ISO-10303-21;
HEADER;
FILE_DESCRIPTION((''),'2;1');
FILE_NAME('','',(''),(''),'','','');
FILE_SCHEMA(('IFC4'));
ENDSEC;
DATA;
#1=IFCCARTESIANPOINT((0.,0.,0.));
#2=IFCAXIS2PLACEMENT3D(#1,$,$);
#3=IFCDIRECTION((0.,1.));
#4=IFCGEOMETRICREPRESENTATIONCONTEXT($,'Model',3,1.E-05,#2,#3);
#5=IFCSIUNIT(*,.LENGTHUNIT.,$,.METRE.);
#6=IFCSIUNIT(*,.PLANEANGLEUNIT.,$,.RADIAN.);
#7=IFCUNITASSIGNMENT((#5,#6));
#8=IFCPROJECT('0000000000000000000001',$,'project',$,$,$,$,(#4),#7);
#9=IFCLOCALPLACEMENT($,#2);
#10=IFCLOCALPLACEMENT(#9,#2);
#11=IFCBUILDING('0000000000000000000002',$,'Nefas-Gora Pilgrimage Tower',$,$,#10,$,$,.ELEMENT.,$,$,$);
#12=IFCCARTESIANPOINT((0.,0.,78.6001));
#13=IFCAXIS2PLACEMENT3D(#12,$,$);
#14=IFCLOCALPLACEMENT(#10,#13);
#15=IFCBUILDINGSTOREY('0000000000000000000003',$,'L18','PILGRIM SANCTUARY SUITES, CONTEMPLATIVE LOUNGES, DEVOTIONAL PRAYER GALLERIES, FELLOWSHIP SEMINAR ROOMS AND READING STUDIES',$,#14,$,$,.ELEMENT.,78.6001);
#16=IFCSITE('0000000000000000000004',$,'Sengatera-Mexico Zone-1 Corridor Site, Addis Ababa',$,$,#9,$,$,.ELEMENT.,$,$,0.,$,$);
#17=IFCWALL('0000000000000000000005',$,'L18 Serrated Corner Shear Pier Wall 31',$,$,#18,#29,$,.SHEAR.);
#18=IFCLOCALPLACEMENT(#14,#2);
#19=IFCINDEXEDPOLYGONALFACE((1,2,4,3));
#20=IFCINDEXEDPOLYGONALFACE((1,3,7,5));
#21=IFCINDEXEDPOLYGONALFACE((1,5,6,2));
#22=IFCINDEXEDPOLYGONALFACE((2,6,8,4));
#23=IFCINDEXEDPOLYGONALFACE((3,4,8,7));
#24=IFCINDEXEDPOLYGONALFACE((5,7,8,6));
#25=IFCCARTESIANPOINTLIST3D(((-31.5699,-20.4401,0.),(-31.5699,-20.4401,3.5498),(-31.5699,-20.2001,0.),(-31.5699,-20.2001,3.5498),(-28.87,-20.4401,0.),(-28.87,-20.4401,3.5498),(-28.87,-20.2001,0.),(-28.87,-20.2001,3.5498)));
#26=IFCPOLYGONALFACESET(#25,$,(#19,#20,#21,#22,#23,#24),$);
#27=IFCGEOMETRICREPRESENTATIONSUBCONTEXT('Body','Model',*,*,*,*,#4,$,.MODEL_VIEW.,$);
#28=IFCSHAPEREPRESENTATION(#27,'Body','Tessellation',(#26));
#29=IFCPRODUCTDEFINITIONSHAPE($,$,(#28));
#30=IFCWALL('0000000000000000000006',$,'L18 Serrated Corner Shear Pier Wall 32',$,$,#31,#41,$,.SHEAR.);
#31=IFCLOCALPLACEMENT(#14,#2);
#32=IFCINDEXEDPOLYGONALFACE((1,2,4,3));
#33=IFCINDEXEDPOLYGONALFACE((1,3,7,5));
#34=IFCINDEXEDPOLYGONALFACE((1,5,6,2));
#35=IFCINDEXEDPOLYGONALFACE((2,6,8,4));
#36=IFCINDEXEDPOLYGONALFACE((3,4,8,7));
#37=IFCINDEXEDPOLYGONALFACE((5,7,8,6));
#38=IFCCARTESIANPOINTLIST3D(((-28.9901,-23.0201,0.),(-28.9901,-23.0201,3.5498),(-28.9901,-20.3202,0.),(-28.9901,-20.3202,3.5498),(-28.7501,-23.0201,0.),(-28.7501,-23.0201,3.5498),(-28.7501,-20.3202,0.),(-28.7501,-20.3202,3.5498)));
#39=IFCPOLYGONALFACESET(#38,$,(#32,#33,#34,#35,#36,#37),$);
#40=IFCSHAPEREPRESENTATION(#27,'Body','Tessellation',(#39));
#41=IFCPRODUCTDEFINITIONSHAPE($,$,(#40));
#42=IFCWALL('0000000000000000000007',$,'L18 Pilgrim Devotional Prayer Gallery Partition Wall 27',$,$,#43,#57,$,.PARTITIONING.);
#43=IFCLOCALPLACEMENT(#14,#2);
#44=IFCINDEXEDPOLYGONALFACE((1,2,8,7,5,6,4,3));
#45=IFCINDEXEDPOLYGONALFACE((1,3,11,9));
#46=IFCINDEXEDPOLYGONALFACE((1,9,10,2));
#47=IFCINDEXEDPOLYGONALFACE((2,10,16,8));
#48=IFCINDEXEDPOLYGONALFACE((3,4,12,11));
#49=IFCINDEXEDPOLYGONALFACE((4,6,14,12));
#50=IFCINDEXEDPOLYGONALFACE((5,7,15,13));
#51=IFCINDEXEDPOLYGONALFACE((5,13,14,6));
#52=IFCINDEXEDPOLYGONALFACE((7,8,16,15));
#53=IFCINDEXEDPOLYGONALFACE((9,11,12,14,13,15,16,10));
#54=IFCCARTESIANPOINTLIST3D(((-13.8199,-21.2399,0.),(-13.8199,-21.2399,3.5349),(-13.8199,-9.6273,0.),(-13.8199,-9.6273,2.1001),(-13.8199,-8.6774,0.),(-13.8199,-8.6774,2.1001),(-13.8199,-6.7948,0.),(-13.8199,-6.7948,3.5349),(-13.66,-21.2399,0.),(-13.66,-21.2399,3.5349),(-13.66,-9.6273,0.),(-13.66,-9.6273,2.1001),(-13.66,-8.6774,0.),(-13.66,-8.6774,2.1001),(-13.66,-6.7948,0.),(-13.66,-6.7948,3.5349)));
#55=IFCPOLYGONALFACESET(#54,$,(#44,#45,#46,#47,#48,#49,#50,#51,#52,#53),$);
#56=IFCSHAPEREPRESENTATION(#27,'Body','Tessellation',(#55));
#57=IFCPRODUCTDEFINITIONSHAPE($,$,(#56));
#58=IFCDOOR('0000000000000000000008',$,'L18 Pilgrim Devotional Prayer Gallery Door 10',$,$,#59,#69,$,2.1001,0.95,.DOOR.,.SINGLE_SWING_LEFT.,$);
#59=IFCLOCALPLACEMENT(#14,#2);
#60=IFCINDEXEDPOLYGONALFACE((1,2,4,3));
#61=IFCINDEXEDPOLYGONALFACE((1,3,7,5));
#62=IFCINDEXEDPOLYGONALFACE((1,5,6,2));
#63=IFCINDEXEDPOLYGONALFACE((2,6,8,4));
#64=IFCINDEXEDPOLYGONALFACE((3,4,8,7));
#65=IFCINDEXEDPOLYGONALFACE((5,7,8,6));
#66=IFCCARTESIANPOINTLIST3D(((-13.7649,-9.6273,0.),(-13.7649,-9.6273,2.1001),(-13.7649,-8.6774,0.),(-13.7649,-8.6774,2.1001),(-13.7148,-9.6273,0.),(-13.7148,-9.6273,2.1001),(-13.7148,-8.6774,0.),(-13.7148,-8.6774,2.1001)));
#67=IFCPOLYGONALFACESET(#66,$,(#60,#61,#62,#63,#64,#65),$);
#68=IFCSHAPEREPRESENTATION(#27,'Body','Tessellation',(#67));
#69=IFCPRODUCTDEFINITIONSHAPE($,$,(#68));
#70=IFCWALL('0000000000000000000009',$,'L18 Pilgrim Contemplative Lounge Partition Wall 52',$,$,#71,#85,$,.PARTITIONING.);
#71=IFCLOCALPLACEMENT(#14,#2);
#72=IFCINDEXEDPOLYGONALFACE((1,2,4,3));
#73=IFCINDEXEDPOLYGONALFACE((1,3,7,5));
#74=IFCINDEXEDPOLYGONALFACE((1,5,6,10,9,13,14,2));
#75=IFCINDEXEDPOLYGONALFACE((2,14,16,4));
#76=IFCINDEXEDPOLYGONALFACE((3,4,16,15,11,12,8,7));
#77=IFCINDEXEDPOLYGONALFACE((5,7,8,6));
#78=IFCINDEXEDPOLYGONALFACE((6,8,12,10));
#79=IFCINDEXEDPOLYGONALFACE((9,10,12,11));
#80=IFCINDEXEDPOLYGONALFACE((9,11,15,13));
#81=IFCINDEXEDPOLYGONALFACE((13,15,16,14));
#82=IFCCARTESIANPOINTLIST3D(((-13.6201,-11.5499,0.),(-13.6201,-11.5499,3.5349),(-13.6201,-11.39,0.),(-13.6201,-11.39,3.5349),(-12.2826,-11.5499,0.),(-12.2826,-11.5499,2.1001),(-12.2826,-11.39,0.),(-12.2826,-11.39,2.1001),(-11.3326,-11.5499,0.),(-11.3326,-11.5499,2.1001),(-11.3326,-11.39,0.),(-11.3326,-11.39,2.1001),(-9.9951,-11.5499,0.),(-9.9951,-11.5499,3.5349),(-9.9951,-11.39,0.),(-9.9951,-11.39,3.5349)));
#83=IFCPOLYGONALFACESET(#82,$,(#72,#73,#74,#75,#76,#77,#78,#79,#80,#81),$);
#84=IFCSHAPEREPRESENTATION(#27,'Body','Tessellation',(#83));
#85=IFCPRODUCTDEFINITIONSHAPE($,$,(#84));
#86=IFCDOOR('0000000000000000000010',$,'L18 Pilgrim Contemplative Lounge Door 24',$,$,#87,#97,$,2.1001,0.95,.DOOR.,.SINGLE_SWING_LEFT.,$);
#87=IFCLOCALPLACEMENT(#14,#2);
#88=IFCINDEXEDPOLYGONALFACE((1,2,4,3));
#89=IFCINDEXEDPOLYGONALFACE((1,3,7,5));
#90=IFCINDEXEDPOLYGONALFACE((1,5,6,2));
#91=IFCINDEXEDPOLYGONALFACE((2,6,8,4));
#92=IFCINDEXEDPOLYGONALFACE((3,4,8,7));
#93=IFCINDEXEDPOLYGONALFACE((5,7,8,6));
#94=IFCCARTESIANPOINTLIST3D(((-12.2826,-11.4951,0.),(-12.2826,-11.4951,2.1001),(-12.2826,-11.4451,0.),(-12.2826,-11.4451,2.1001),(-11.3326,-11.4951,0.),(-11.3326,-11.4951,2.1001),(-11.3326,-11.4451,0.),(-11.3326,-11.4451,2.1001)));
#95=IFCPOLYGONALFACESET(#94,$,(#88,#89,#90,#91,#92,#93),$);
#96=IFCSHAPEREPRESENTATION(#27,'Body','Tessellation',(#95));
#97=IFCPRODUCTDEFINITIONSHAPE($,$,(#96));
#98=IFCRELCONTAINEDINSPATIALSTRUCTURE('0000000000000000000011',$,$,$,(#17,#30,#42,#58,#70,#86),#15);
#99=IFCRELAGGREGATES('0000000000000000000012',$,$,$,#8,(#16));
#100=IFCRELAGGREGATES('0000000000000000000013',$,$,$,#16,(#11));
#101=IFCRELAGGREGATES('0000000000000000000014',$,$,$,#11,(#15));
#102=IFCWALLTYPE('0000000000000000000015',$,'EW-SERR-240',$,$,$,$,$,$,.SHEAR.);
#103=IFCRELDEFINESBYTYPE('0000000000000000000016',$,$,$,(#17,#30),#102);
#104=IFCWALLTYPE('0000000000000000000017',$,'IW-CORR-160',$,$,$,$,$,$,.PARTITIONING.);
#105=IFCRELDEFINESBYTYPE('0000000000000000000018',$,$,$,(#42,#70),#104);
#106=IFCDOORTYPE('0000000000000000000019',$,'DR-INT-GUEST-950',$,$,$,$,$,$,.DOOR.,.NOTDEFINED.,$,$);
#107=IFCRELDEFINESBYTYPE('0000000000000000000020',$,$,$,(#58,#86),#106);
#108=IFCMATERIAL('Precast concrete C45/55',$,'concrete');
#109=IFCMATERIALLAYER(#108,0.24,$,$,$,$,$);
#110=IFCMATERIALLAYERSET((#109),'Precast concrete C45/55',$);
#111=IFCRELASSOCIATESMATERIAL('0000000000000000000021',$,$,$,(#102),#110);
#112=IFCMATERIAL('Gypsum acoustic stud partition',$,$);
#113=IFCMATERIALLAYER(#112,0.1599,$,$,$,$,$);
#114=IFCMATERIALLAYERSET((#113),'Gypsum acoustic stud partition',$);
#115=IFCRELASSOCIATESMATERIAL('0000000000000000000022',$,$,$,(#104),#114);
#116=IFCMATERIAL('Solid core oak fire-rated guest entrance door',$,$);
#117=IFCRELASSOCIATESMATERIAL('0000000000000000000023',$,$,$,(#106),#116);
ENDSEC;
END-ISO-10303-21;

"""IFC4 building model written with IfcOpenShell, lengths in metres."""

from ifc_helpers import new_model, si_unit, direction, frame, frame_2d, origin, place, context, subcontext, project, spatial, rectangle, extrude, source, transform, mapped, material, layer, layer_set, type_object, element, fill, save


model = new_model("IFC4")

# Units and contexts
model_context = context("Model", 3, precision=1e-05, world=origin(), true_north=direction((0.0, 1.0)))
body_context = subcontext(model_context, "Body", "Model", "MODEL_VIEW")
ifc_project = project(units=[si_unit("LENGTHUNIT", "METRE"), si_unit("PLANEANGLEUNIT", "RADIAN")], contexts=[model_context])

# Site, building, storey
site_placement = place(None, origin())
site = spatial("IfcSite", under=ifc_project, at=site_placement, Name="Sengatera-Mexico Zone-1 Corridor Site, Addis Ababa", CompositionType="ELEMENT", RefElevation=0.0)
building_placement = place(site_placement, origin())
building = spatial("IfcBuilding", under=site, at=building_placement, Name="Nefas-Gora Pilgrimage Tower", CompositionType="ELEMENT")
storey_placement = place(building_placement, frame((0.0, 0.0, 78.6001)))
storey = spatial("IfcBuildingStorey", under=building, at=storey_placement, Name="L18", Description="PILGRIM SANCTUARY SUITES, CONTEMPLATIVE LOUNGES, DEVOTIONAL PRAYER GALLERIES, FELLOWSHIP SEMINAR ROOMS AND READING STUDIES", CompositionType="ELEMENT", Elevation=78.6001)

# Shared definitions
ifc_material_1 = material(Name="Precast concrete C45/55", Category="concrete")
ifc_layer_1 = layer(ifc_material_1, 0.24)
ifc_layer_set_1 = layer_set([ifc_layer_1], Name="Precast concrete C45/55")
wall_type_1 = type_object("IfcWallType", Name="EW-SERR-240", PredefinedType="SHEAR", material=ifc_layer_set_1)
shared_shape_1 = source(origin(), body_context, "Body", "SweptSolid", [
    extrude(rectangle(XDim=2.7, YDim=0.24, at=frame_2d((1.3501, 0.0))), origin(), (0.0, 0.0, 1.0), 3.5498),
])

# Walls
for number, where, z_axis, x_axis, name in (
    (1, (-31.5701, -20.3201, 0.0), (0.0, 0.0, 1.0), (1.0, 0.0, 0.0), "L18 Serrated Corner Shear Pier Wall 31"),
    (2, (-28.8701, -20.3201, 0.0), (0.0, 0.0, 1.0), (0.0, -1.0, 0.0), "L18 Serrated Corner Shear Pier Wall 32"),
):
    element("IfcWall", number, at=place(storey_placement, frame(where, z_axis=z_axis, x_axis=x_axis)), inside=storey, type_object=wall_type_1, Name=name, PredefinedType="SHEAR", context=body_context, shape_type="MappedRepresentation", body=[
        mapped(shared_shape_1, transform((0.0, 0.0, 0.0), x_axis=(1.0, 0.0, 0.0), y_axis=(0.0, 1.0, 0.0), z_axis=(0.0, 0.0, 1.0), scale=1.0)),
    ])

# Walls, openings, doors
ifc_material_2 = material(Name="Gypsum acoustic stud partition")
ifc_layer_2 = layer(ifc_material_2, 0.1599)
ifc_layer_set_2 = layer_set([ifc_layer_2], Name="Gypsum acoustic stud partition")
wall_type_2 = type_object("IfcWallType", Name="IW-CORR-160", PredefinedType="PARTITIONING", material=ifc_layer_set_2)
shared_shape_2 = source(origin(), body_context, "Body", "SweptSolid", [
    extrude(rectangle(XDim=14.4451, YDim=0.1599, at=frame_2d((7.2227, 0.0))), origin(), (0.0, 0.0, 1.0), 3.5349),
])
wall_1_placement = place(storey_placement, frame((-13.74, -21.24, 0.0), z_axis=(0.0, 0.0, 1.0), x_axis=(0.0, 1.0, 0.0)))
wall_1 = element("IfcWall", 3, at=wall_1_placement, inside=storey, type_object=wall_type_2, Name="L18 Pilgrim Devotional Prayer Gallery Partition Wall 27", PredefinedType="PARTITIONING", context=body_context, shape_type="MappedRepresentation", body=[
    mapped(shared_shape_2, transform((0.0, 0.0, 0.0), x_axis=(1.0, 0.0, 0.0), y_axis=(0.0, 1.0, 0.0), z_axis=(0.0, 0.0, 1.0), scale=1.0)),
])
opening_1_placement = place(wall_1_placement, frame((11.6125, 0.0, 0.0)))
opening_1 = element("IfcOpeningElement", 4, at=opening_1_placement, cuts=wall_1, PredefinedType="OPENING", context=body_context, shape_type="SweptSolid", body=[
    extrude(rectangle(XDim=0.95, YDim=2.1001, at=frame_2d((0.4751, 1.05))), frame((0.0, 0.0898, 0.0), z_axis=(0.0, -1.0, 0.0), x_axis=(1.0, 0.0, 0.0)), (0.0, 0.0, 1.0), 0.1799),
])
ifc_material_3 = material(Name="Solid core oak fire-rated guest entrance door")
door_type = type_object("IfcDoorType", Name="DR-INT-GUEST-950", OperationType="NOTDEFINED", PredefinedType="DOOR", material=ifc_material_3)
shared_shape_3 = source(origin(), body_context, "Body", "SweptSolid", [
    extrude(rectangle(XDim=0.95, YDim=2.1001, at=frame_2d((0.4751, 1.05))), frame((0.0, 0.0249, 0.0), z_axis=(0.0, -1.0, 0.0), x_axis=(1.0, 0.0, 0.0)), (0.0, 0.0, 1.0), 0.05),
])
door_1_placement = place(opening_1_placement, origin())
door_1 = element("IfcDoor", 5, at=door_1_placement, inside=storey, type_object=door_type, Name="L18 Pilgrim Devotional Prayer Gallery Door 10", OperationType="SINGLE_SWING_LEFT", OverallHeight=2.1001, OverallWidth=0.95, PredefinedType="DOOR", context=body_context, shape_type="MappedRepresentation", body=[
    mapped(shared_shape_3, transform((0.0, 0.0, 0.0), x_axis=(1.0, 0.0, 0.0), y_axis=(0.0, 1.0, 0.0), z_axis=(0.0, 0.0, 1.0), scale=1.0)),
])
fill(opening_1, door_1)
shared_shape_4 = source(origin(), body_context, "Body", "SweptSolid", [
    extrude(rectangle(XDim=3.625, YDim=0.1599, at=frame_2d((1.8125, 0.0))), origin(), (0.0, 0.0, 1.0), 3.5349),
])
wall_2_placement = place(storey_placement, frame((-13.6201, -11.47, 0.0), z_axis=(0.0, 0.0, 1.0), x_axis=(1.0, 0.0, 0.0)))
wall_2 = element("IfcWall", 6, at=wall_2_placement, inside=storey, type_object=wall_type_2, Name="L18 Pilgrim Contemplative Lounge Partition Wall 52", PredefinedType="PARTITIONING", context=body_context, shape_type="MappedRepresentation", body=[
    mapped(shared_shape_4, transform((0.0, 0.0, 0.0), x_axis=(1.0, 0.0, 0.0), y_axis=(0.0, 1.0, 0.0), z_axis=(0.0, 0.0, 1.0), scale=1.0)),
])
opening_2_placement = place(wall_2_placement, frame((1.3374, 0.0, 0.0)))
opening_2 = element("IfcOpeningElement", 7, at=opening_2_placement, cuts=wall_2, PredefinedType="OPENING", context=body_context, shape_type="SweptSolid", body=[
    extrude(rectangle(XDim=0.95, YDim=2.1001, at=frame_2d((0.4751, 1.05))), frame((0.0, 0.0898, 0.0), z_axis=(0.0, -1.0, 0.0), x_axis=(1.0, 0.0, 0.0)), (0.0, 0.0, 1.0), 0.1799),
])
door_2_placement = place(opening_2_placement, origin())
door_2 = element("IfcDoor", 8, at=door_2_placement, inside=storey, type_object=door_type, Name="L18 Pilgrim Contemplative Lounge Door 24", OperationType="SINGLE_SWING_LEFT", OverallHeight=2.1001, OverallWidth=0.95, PredefinedType="DOOR", context=body_context, shape_type="MappedRepresentation", body=[
    mapped(shared_shape_3, transform((0.0, 0.0, 0.0), x_axis=(1.0, 0.0, 0.0), y_axis=(0.0, 1.0, 0.0), z_axis=(0.0, 0.0, 1.0), scale=1.0)),
])
fill(opening_2, door_2)

save(model, "model.ifc")
